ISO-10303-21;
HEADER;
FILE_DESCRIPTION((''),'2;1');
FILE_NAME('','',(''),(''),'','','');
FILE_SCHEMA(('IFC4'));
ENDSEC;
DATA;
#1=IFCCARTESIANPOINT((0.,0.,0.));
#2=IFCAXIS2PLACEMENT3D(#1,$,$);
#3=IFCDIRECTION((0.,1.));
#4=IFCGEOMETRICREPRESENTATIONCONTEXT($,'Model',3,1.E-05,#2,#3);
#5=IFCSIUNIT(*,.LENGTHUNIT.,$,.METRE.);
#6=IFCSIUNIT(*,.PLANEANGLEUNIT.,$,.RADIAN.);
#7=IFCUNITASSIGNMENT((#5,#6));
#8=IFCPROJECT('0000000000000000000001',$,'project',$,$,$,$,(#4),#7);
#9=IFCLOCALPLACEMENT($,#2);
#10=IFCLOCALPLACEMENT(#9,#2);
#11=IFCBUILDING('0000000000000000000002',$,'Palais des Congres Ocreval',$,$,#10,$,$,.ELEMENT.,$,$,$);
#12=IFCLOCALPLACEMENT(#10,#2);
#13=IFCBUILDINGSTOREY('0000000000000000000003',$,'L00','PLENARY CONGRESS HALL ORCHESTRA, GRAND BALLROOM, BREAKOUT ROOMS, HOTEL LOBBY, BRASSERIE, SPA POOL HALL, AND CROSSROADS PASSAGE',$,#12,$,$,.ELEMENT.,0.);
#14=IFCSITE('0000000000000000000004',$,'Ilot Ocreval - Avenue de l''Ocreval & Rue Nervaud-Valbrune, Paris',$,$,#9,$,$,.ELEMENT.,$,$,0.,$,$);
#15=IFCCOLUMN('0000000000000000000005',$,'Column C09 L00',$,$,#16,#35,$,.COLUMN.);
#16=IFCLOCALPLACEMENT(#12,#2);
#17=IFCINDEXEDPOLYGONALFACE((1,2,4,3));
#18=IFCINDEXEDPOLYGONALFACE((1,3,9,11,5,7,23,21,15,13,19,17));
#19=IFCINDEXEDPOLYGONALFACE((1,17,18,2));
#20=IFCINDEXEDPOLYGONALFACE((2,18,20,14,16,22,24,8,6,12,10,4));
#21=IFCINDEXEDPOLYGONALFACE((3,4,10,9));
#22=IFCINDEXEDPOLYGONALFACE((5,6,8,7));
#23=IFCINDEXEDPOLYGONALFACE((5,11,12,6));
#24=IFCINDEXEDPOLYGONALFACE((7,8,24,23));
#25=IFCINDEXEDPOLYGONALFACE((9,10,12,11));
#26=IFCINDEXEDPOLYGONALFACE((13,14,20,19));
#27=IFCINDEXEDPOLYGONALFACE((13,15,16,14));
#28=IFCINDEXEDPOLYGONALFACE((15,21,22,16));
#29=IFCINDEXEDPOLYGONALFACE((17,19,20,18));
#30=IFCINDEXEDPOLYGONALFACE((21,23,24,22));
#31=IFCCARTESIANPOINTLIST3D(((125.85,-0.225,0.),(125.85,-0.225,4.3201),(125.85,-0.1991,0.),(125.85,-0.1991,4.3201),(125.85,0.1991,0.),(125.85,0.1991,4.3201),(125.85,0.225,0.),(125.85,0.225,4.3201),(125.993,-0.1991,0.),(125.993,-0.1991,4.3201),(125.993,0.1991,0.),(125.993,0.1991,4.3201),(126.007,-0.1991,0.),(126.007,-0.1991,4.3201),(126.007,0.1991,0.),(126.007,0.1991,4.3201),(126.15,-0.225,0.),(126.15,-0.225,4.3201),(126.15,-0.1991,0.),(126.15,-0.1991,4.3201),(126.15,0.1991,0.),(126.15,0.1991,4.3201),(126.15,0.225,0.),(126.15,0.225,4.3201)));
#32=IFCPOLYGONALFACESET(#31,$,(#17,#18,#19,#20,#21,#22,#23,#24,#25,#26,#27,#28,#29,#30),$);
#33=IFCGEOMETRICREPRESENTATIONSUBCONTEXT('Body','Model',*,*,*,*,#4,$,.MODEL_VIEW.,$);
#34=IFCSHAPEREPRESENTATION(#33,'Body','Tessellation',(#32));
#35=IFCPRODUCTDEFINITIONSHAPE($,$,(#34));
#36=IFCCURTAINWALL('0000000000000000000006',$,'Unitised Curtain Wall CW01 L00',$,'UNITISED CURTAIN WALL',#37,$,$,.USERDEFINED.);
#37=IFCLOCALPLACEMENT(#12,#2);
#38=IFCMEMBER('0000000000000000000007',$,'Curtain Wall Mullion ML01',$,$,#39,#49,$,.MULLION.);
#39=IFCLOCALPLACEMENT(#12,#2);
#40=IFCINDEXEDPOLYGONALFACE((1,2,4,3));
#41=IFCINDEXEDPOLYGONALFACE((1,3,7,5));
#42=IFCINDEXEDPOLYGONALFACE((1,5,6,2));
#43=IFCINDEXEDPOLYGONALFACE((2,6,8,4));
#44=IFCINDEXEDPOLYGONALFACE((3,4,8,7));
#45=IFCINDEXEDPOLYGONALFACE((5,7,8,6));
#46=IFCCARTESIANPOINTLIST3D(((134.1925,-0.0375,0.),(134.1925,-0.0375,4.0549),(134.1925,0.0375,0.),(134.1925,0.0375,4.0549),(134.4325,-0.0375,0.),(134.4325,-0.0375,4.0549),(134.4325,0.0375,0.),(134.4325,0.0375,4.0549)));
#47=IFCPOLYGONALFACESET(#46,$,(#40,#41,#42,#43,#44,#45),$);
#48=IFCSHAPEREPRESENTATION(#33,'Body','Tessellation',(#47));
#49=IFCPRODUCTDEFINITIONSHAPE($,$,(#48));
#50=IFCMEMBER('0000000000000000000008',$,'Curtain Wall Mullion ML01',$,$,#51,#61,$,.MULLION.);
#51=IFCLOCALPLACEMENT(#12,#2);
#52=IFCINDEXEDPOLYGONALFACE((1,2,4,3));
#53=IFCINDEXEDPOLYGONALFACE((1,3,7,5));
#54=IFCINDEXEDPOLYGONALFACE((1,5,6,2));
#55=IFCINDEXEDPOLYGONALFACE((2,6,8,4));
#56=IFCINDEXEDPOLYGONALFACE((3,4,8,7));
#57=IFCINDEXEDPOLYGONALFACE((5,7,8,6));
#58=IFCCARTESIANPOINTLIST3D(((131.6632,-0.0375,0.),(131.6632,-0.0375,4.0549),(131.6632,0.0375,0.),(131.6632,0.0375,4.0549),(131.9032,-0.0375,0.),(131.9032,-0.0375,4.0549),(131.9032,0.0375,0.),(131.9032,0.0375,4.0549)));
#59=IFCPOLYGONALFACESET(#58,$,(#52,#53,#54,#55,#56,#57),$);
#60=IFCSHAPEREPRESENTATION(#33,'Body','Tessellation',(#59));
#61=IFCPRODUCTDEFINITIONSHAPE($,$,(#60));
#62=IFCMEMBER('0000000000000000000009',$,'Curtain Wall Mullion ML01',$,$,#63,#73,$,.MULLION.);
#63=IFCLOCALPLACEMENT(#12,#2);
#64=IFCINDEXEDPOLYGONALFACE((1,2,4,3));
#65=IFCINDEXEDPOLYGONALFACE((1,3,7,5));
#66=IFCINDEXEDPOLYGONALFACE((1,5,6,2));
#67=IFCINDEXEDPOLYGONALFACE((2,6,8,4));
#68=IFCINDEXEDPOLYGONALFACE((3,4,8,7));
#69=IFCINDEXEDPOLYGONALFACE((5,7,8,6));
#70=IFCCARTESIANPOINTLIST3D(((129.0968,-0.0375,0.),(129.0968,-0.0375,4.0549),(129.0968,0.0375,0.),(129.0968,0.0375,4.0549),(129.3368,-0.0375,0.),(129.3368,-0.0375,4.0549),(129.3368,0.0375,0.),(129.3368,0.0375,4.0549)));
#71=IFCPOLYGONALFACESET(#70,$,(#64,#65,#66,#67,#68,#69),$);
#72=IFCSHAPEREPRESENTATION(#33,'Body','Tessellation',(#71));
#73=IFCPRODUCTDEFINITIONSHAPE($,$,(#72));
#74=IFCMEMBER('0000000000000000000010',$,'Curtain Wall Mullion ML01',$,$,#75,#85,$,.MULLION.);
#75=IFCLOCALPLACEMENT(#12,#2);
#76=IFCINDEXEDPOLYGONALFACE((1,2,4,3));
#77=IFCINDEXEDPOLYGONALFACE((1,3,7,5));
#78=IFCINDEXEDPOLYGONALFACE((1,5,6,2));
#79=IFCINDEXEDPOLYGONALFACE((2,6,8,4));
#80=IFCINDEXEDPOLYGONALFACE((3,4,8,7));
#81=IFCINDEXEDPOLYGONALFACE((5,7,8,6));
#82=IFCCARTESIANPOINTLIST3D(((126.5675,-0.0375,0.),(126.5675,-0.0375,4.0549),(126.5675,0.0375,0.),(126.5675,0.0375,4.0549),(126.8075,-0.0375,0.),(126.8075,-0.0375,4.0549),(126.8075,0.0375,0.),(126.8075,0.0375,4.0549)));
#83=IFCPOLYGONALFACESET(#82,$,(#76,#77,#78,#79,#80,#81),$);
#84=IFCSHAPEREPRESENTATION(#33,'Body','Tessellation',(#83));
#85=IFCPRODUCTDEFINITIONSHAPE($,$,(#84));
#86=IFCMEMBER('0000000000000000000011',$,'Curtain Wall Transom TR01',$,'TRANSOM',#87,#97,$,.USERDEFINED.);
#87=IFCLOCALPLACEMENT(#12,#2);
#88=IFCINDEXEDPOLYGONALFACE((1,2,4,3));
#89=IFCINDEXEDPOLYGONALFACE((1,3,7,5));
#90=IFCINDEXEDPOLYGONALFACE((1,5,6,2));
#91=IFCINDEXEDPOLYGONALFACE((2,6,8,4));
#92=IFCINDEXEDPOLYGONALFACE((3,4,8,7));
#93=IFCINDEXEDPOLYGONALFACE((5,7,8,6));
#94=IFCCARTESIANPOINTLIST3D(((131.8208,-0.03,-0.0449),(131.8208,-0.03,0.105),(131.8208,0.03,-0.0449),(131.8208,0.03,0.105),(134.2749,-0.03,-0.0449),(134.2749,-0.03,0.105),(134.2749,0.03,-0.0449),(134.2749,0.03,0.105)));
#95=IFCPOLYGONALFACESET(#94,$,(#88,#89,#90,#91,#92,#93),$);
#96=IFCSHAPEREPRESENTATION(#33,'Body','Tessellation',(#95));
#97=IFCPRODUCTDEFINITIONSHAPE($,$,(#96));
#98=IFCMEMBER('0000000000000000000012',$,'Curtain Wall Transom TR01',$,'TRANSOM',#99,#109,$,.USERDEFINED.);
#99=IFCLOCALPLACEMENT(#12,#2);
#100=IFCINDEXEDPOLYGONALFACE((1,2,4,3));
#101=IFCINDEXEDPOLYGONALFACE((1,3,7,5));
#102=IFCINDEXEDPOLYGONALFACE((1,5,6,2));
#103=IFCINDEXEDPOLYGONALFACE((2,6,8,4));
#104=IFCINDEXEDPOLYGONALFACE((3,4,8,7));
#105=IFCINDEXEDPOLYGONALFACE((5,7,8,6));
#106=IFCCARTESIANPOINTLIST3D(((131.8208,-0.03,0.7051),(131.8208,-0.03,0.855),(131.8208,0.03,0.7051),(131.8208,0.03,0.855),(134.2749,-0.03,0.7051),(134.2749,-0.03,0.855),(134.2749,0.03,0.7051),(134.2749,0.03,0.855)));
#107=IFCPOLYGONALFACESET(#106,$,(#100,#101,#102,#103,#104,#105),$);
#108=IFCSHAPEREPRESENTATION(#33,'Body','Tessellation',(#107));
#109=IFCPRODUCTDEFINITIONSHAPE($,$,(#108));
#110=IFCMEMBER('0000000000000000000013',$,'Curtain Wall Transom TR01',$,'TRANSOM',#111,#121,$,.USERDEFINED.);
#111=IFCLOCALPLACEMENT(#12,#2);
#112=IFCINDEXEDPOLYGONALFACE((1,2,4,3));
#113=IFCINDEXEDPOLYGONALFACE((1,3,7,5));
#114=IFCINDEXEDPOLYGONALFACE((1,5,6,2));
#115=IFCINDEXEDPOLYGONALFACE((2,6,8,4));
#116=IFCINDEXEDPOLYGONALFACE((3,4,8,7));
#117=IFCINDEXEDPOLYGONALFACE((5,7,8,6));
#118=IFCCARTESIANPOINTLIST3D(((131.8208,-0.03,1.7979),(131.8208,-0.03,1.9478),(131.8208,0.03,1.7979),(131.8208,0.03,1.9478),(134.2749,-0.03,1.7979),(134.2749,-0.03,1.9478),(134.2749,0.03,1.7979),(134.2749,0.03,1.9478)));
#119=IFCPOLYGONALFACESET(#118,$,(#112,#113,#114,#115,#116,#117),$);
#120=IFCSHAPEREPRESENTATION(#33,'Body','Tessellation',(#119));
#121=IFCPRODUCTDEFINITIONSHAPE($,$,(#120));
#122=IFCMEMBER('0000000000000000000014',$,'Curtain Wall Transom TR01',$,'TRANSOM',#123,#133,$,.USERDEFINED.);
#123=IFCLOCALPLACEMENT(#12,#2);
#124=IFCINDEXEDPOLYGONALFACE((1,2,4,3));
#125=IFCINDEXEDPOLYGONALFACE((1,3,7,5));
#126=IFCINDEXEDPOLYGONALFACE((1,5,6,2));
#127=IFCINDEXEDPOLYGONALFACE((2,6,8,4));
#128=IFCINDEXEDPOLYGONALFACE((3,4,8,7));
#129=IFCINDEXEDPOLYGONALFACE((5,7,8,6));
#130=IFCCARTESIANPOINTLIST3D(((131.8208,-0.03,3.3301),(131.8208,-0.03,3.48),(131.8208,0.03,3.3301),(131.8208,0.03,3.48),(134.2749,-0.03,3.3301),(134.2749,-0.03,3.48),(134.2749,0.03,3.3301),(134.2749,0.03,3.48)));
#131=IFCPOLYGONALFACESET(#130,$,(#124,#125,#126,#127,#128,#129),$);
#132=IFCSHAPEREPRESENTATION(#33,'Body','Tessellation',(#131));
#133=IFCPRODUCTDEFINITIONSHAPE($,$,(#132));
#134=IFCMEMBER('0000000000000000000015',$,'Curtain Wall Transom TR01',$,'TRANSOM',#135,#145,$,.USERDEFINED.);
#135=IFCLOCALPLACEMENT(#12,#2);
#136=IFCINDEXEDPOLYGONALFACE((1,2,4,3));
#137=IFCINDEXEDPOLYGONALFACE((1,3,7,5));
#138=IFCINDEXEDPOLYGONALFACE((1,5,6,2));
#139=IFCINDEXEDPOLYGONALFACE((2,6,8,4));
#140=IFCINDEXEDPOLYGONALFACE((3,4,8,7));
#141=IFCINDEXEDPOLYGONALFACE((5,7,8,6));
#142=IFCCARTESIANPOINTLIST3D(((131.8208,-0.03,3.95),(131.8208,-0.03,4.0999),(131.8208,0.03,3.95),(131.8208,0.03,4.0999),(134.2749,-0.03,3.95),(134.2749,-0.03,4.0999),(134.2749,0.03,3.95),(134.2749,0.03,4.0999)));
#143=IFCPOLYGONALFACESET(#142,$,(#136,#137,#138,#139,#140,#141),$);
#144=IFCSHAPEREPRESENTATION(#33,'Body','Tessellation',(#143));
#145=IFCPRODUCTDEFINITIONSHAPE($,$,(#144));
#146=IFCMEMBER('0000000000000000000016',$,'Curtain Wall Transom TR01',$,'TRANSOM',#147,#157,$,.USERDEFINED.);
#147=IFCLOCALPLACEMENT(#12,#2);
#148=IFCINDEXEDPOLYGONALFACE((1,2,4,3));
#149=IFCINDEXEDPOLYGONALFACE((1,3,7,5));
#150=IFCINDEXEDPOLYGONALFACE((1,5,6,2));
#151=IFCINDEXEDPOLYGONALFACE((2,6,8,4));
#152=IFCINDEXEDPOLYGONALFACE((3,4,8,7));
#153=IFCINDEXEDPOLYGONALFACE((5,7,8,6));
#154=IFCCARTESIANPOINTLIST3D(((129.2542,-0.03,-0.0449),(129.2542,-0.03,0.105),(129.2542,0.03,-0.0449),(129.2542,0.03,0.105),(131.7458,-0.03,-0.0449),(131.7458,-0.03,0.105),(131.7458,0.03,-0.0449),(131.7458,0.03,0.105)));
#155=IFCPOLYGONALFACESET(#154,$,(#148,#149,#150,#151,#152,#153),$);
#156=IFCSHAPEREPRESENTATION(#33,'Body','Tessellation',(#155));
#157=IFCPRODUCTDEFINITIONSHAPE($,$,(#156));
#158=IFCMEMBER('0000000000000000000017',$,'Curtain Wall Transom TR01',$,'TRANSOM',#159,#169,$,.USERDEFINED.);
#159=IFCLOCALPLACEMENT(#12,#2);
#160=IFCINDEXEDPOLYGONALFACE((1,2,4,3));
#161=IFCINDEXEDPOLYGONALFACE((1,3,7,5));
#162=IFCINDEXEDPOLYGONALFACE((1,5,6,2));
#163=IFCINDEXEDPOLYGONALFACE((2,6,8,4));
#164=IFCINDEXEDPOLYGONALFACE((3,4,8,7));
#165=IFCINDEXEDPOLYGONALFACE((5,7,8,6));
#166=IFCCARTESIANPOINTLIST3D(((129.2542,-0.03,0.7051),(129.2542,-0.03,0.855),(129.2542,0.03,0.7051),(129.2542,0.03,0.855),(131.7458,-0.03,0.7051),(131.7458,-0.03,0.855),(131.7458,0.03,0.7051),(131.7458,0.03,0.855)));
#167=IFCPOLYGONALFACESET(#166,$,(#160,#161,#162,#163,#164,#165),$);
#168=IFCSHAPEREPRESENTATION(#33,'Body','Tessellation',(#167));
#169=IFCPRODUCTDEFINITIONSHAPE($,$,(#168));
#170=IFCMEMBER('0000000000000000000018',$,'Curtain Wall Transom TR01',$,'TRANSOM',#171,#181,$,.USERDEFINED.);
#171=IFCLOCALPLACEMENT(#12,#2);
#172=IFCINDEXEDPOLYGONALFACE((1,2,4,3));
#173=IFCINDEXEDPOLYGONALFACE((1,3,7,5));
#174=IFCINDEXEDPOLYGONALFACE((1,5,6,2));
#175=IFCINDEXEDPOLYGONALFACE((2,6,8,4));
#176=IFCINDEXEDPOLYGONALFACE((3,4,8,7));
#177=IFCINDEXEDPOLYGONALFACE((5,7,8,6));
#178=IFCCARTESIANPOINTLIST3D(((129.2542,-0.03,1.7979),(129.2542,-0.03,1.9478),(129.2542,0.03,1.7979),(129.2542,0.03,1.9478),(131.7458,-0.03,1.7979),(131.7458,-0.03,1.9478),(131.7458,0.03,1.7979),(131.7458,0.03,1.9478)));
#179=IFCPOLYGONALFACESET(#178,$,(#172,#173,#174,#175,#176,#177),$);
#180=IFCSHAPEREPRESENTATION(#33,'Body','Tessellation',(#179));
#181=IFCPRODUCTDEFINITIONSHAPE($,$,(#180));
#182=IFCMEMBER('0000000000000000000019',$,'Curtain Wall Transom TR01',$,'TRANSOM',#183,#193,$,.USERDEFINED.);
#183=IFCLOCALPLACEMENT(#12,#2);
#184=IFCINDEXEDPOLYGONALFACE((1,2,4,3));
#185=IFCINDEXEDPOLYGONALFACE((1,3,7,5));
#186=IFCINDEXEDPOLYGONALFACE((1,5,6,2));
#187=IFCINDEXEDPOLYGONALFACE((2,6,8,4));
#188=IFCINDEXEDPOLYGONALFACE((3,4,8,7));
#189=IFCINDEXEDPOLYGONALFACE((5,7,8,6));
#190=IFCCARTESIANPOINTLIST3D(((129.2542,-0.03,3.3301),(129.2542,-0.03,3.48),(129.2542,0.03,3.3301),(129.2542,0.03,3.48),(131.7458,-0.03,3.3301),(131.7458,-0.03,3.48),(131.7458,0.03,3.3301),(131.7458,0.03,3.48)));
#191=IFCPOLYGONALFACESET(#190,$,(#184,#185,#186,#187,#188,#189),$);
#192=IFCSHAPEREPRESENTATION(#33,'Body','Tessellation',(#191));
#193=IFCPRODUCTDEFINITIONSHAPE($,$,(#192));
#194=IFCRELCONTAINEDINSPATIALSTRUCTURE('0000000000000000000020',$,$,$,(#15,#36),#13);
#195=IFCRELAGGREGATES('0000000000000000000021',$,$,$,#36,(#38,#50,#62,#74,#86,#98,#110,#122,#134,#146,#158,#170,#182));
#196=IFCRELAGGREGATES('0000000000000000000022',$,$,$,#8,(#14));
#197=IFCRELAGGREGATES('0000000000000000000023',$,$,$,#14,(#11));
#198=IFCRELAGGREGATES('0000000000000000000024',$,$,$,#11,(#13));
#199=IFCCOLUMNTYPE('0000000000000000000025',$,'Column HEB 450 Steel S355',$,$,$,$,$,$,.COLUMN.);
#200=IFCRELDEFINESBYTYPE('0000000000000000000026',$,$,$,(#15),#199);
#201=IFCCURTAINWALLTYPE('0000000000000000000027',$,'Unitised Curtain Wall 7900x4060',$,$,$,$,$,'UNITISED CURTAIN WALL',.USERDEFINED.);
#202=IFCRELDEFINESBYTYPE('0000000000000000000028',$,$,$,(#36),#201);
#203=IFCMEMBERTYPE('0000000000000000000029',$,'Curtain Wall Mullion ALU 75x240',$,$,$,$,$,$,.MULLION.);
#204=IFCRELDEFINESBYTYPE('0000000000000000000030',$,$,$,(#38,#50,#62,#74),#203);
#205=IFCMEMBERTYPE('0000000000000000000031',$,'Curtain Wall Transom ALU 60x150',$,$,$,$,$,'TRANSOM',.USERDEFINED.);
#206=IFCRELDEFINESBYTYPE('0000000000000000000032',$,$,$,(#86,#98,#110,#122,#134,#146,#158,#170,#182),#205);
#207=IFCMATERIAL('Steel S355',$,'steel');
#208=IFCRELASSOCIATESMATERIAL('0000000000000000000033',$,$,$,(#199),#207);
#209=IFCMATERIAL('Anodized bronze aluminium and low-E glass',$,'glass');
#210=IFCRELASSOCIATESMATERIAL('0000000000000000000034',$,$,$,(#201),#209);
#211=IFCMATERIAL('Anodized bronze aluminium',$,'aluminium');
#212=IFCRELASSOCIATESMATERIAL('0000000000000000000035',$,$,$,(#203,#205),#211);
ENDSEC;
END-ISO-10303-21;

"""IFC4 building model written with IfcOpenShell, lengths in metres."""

from ifc_helpers import new_model, si_unit, direction, frame, origin, origin_2d, place, context, subcontext, project, spatial, rectangle, i_section, extrude, material, material_profile, profile_set, type_object, element, aggregate, save


model = new_model("IFC4")

# Units and contexts
model_context = context("Model", 3, precision=1e-05, world=origin(), true_north=direction((0.0, 1.0)))
body_context = subcontext(model_context, "Body", "Model", "MODEL_VIEW")
ifc_project = project(units=[si_unit("LENGTHUNIT", "METRE"), si_unit("PLANEANGLEUNIT", "RADIAN")], contexts=[model_context])

# Site, building, storey
site_placement = place(None, origin())
site = spatial("IfcSite", under=ifc_project, at=site_placement, Name="Ilot Ocreval - Avenue de l'Ocreval & Rue Nervaud-Valbrune, Paris", CompositionType="ELEMENT", RefElevation=0.0)
building_placement = place(site_placement, origin())
building = spatial("IfcBuilding", under=site, at=building_placement, Name="Palais des Congres Ocreval", CompositionType="ELEMENT")
storey_placement = place(building_placement, origin())
storey = spatial("IfcBuildingStorey", under=building, at=storey_placement, Name="L00", Description="PLENARY CONGRESS HALL ORCHESTRA, GRAND BALLROOM, BREAKOUT ROOMS, HOTEL LOBBY, BRASSERIE, SPA POOL HALL, AND CROSSROADS PASSAGE", CompositionType="ELEMENT", Elevation=0.0)

# Column
ifc_material_1 = material(Name="Steel S355", Category="steel")
ifc_material_profile_1 = material_profile(ifc_material_1, i_section(OverallWidth=0.3, OverallDepth=0.45, WebThickness=0.0139, FlangeThickness=0.0259, at=origin_2d()), Name="HEB 450")
ifc_profile_set_1 = profile_set([ifc_material_profile_1], Name="Steel S355")
column_type = type_object("IfcColumnType", Name="Column HEB 450 Steel S355", PredefinedType="COLUMN", material=ifc_profile_set_1)
column_placement = place(storey_placement, frame((126.0, 0.0, 0.0), z_axis=(0.0, 0.0, 1.0), x_axis=(1.0, 0.0, 0.0)))
element("IfcColumn", 1, at=column_placement, inside=storey, type_object=column_type, Name="Column C09 L00", PredefinedType="COLUMN", context=body_context, shape_type="SweptSolid", body=[
    extrude(i_section(OverallWidth=0.3, OverallDepth=0.45, WebThickness=0.0139, FlangeThickness=0.0259, at=origin_2d()), origin(), (0.0, 0.0, 1.0), 4.3201),
])

# Curtain wall, members
ifc_material_2 = material(Name="Anodized bronze aluminium and low-E glass", Category="glass")
curtain_wall_type = type_object("IfcCurtainWallType", Name="Unitised Curtain Wall 7900x4060", ElementType="UNITISED CURTAIN WALL", PredefinedType="USERDEFINED", material=ifc_material_2)
curtain_wall_placement = place(storey_placement, origin())
curtain_wall = element("IfcCurtainWall", 2, at=curtain_wall_placement, inside=storey, type_object=curtain_wall_type, Name="Unitised Curtain Wall CW01 L00", ObjectType="UNITISED CURTAIN WALL", PredefinedType="USERDEFINED")
ifc_material_3 = material(Name="Anodized bronze aluminium", Category="aluminium")
ifc_material_profile_2 = material_profile(ifc_material_3, rectangle(XDim=0.075, YDim=0.24, at=origin_2d()), Name="ALU 75x240")
ifc_profile_set_2 = profile_set([ifc_material_profile_2], Name="Anodized bronze aluminium")
member_type_1 = type_object("IfcMemberType", Name="Curtain Wall Mullion ALU 75x240", PredefinedType="MULLION", material=ifc_profile_set_2)
member_1_placement = place(storey_placement, frame((134.3125, 0.0, 0.0), z_axis=(0.0, 0.0, 1.0), x_axis=(0.0, -1.0, 0.0)))
member_1 = element("IfcMember", 3, at=member_1_placement, type_object=member_type_1, Name="Curtain Wall Mullion ML01", PredefinedType="MULLION", context=body_context, shape_type="SweptSolid", body=[
    extrude(rectangle(XDim=0.075, YDim=0.24, at=origin_2d()), origin(), (0.0, 0.0, 1.0), 4.0549),
])
member_2_placement = place(storey_placement, frame((131.7832, 0.0, 0.0), z_axis=(0.0, 0.0, 1.0), x_axis=(0.0, -1.0, 0.0)))
member_2 = element("IfcMember", 4, at=member_2_placement, type_object=member_type_1, Name="Curtain Wall Mullion ML01", PredefinedType="MULLION", context=body_context, shape_type="SweptSolid", body=[
    extrude(rectangle(XDim=0.075, YDim=0.24, at=origin_2d()), origin(), (0.0, 0.0, 1.0), 4.0549),
])
member_3_placement = place(storey_placement, frame((129.2168, 0.0, 0.0), z_axis=(0.0, 0.0, 1.0), x_axis=(0.0, -1.0, 0.0)))
member_3 = element("IfcMember", 5, at=member_3_placement, type_object=member_type_1, Name="Curtain Wall Mullion ML01", PredefinedType="MULLION", context=body_context, shape_type="SweptSolid", body=[
    extrude(rectangle(XDim=0.075, YDim=0.24, at=origin_2d()), origin(), (0.0, 0.0, 1.0), 4.0549),
])
member_4_placement = place(storey_placement, frame((126.6875, 0.0, 0.0), z_axis=(0.0, 0.0, 1.0), x_axis=(0.0, -1.0, 0.0)))
member_4 = element("IfcMember", 6, at=member_4_placement, type_object=member_type_1, Name="Curtain Wall Mullion ML01", PredefinedType="MULLION", context=body_context, shape_type="SweptSolid", body=[
    extrude(rectangle(XDim=0.075, YDim=0.24, at=origin_2d()), origin(), (0.0, 0.0, 1.0), 4.0549),
])
ifc_material_profile_3 = material_profile(ifc_material_3, rectangle(XDim=0.0601, YDim=0.1499, at=origin_2d()), Name="ALU 60x150")
ifc_profile_set_3 = profile_set([ifc_material_profile_3], Name="Anodized bronze aluminium")
member_type_2 = type_object("IfcMemberType", Name="Curtain Wall Transom ALU 60x150", ElementType="TRANSOM", PredefinedType="USERDEFINED", material=ifc_profile_set_3)
member_5_placement = place(storey_placement, frame((134.2749, 0.0, 0.03), z_axis=(-1.0, 0.0, 0.0), x_axis=(0.0, -1.0, 0.0)))
member_5 = element("IfcMember", 7, at=member_5_placement, type_object=member_type_2, Name="Curtain Wall Transom TR01", ObjectType="TRANSOM", PredefinedType="USERDEFINED", context=body_context, shape_type="SweptSolid", body=[
    extrude(rectangle(XDim=0.0601, YDim=0.1499, at=origin_2d()), origin(), (0.0, 0.0, 1.0), 2.4541),
])
member_6_placement = place(storey_placement, frame((134.2749, 0.0, 0.78), z_axis=(-1.0, 0.0, 0.0), x_axis=(0.0, -1.0, 0.0)))
member_6 = element("IfcMember", 8, at=member_6_placement, type_object=member_type_2, Name="Curtain Wall Transom TR01", ObjectType="TRANSOM", PredefinedType="USERDEFINED", context=body_context, shape_type="SweptSolid", body=[
    extrude(rectangle(XDim=0.0601, YDim=0.1499, at=origin_2d()), origin(), (0.0, 0.0, 1.0), 2.4541),
])
member_7_placement = place(storey_placement, frame((134.2749, 0.0, 1.8728), z_axis=(-1.0, 0.0, 0.0), x_axis=(0.0, -1.0, 0.0)))
member_7 = element("IfcMember", 9, at=member_7_placement, type_object=member_type_2, Name="Curtain Wall Transom TR01", ObjectType="TRANSOM", PredefinedType="USERDEFINED", context=body_context, shape_type="SweptSolid", body=[
    extrude(rectangle(XDim=0.0601, YDim=0.1499, at=origin_2d()), origin(), (0.0, 0.0, 1.0), 2.4541),
])
member_8_placement = place(storey_placement, frame((134.2749, 0.0, 3.405), z_axis=(-1.0, 0.0, 0.0), x_axis=(0.0, -1.0, 0.0)))
member_8 = element("IfcMember", 10, at=member_8_placement, type_object=member_type_2, Name="Curtain Wall Transom TR01", ObjectType="TRANSOM", PredefinedType="USERDEFINED", context=body_context, shape_type="SweptSolid", body=[
    extrude(rectangle(XDim=0.0601, YDim=0.1499, at=origin_2d()), origin(), (0.0, 0.0, 1.0), 2.4541),
])
member_9_placement = place(storey_placement, frame((134.2749, 0.0, 4.0249), z_axis=(-1.0, 0.0, 0.0), x_axis=(0.0, -1.0, 0.0)))
member_9 = element("IfcMember", 11, at=member_9_placement, type_object=member_type_2, Name="Curtain Wall Transom TR01", ObjectType="TRANSOM", PredefinedType="USERDEFINED", context=body_context, shape_type="SweptSolid", body=[
    extrude(rectangle(XDim=0.0601, YDim=0.1499, at=origin_2d()), origin(), (0.0, 0.0, 1.0), 2.4541),
])
member_10_placement = place(storey_placement, frame((131.7458, 0.0, 0.03), z_axis=(-1.0, 0.0, 0.0), x_axis=(0.0, -1.0, 0.0)))
member_10 = element("IfcMember", 12, at=member_10_placement, type_object=member_type_2, Name="Curtain Wall Transom TR01", ObjectType="TRANSOM", PredefinedType="USERDEFINED", context=body_context, shape_type="SweptSolid", body=[
    extrude(rectangle(XDim=0.0601, YDim=0.1499, at=origin_2d()), origin(), (0.0, 0.0, 1.0), 2.4917),
])
member_11_placement = place(storey_placement, frame((131.7458, 0.0, 0.78), z_axis=(-1.0, 0.0, 0.0), x_axis=(0.0, -1.0, 0.0)))
member_11 = element("IfcMember", 13, at=member_11_placement, type_object=member_type_2, Name="Curtain Wall Transom TR01", ObjectType="TRANSOM", PredefinedType="USERDEFINED", context=body_context, shape_type="SweptSolid", body=[
    extrude(rectangle(XDim=0.0601, YDim=0.1499, at=origin_2d()), origin(), (0.0, 0.0, 1.0), 2.4917),
])
member_12_placement = place(storey_placement, frame((131.7458, 0.0, 1.8728), z_axis=(-1.0, 0.0, 0.0), x_axis=(0.0, -1.0, 0.0)))
member_12 = element("IfcMember", 14, at=member_12_placement, type_object=member_type_2, Name="Curtain Wall Transom TR01", ObjectType="TRANSOM", PredefinedType="USERDEFINED", context=body_context, shape_type="SweptSolid", body=[
    extrude(rectangle(XDim=0.0601, YDim=0.1499, at=origin_2d()), origin(), (0.0, 0.0, 1.0), 2.4917),
])
member_13_placement = place(storey_placement, frame((131.7458, 0.0, 3.405), z_axis=(-1.0, 0.0, 0.0), x_axis=(0.0, -1.0, 0.0)))
member_13 = element("IfcMember", 15, at=member_13_placement, type_object=member_type_2, Name="Curtain Wall Transom TR01", ObjectType="TRANSOM", PredefinedType="USERDEFINED", context=body_context, shape_type="SweptSolid", body=[
    extrude(rectangle(XDim=0.0601, YDim=0.1499, at=origin_2d()), origin(), (0.0, 0.0, 1.0), 2.4917),
])

aggregate(curtain_wall, [member_1, member_2, member_3, member_4, member_5, member_6, member_7, member_8, member_9, member_10, member_11, member_12, member_13])

save(model, "model.ifc")
